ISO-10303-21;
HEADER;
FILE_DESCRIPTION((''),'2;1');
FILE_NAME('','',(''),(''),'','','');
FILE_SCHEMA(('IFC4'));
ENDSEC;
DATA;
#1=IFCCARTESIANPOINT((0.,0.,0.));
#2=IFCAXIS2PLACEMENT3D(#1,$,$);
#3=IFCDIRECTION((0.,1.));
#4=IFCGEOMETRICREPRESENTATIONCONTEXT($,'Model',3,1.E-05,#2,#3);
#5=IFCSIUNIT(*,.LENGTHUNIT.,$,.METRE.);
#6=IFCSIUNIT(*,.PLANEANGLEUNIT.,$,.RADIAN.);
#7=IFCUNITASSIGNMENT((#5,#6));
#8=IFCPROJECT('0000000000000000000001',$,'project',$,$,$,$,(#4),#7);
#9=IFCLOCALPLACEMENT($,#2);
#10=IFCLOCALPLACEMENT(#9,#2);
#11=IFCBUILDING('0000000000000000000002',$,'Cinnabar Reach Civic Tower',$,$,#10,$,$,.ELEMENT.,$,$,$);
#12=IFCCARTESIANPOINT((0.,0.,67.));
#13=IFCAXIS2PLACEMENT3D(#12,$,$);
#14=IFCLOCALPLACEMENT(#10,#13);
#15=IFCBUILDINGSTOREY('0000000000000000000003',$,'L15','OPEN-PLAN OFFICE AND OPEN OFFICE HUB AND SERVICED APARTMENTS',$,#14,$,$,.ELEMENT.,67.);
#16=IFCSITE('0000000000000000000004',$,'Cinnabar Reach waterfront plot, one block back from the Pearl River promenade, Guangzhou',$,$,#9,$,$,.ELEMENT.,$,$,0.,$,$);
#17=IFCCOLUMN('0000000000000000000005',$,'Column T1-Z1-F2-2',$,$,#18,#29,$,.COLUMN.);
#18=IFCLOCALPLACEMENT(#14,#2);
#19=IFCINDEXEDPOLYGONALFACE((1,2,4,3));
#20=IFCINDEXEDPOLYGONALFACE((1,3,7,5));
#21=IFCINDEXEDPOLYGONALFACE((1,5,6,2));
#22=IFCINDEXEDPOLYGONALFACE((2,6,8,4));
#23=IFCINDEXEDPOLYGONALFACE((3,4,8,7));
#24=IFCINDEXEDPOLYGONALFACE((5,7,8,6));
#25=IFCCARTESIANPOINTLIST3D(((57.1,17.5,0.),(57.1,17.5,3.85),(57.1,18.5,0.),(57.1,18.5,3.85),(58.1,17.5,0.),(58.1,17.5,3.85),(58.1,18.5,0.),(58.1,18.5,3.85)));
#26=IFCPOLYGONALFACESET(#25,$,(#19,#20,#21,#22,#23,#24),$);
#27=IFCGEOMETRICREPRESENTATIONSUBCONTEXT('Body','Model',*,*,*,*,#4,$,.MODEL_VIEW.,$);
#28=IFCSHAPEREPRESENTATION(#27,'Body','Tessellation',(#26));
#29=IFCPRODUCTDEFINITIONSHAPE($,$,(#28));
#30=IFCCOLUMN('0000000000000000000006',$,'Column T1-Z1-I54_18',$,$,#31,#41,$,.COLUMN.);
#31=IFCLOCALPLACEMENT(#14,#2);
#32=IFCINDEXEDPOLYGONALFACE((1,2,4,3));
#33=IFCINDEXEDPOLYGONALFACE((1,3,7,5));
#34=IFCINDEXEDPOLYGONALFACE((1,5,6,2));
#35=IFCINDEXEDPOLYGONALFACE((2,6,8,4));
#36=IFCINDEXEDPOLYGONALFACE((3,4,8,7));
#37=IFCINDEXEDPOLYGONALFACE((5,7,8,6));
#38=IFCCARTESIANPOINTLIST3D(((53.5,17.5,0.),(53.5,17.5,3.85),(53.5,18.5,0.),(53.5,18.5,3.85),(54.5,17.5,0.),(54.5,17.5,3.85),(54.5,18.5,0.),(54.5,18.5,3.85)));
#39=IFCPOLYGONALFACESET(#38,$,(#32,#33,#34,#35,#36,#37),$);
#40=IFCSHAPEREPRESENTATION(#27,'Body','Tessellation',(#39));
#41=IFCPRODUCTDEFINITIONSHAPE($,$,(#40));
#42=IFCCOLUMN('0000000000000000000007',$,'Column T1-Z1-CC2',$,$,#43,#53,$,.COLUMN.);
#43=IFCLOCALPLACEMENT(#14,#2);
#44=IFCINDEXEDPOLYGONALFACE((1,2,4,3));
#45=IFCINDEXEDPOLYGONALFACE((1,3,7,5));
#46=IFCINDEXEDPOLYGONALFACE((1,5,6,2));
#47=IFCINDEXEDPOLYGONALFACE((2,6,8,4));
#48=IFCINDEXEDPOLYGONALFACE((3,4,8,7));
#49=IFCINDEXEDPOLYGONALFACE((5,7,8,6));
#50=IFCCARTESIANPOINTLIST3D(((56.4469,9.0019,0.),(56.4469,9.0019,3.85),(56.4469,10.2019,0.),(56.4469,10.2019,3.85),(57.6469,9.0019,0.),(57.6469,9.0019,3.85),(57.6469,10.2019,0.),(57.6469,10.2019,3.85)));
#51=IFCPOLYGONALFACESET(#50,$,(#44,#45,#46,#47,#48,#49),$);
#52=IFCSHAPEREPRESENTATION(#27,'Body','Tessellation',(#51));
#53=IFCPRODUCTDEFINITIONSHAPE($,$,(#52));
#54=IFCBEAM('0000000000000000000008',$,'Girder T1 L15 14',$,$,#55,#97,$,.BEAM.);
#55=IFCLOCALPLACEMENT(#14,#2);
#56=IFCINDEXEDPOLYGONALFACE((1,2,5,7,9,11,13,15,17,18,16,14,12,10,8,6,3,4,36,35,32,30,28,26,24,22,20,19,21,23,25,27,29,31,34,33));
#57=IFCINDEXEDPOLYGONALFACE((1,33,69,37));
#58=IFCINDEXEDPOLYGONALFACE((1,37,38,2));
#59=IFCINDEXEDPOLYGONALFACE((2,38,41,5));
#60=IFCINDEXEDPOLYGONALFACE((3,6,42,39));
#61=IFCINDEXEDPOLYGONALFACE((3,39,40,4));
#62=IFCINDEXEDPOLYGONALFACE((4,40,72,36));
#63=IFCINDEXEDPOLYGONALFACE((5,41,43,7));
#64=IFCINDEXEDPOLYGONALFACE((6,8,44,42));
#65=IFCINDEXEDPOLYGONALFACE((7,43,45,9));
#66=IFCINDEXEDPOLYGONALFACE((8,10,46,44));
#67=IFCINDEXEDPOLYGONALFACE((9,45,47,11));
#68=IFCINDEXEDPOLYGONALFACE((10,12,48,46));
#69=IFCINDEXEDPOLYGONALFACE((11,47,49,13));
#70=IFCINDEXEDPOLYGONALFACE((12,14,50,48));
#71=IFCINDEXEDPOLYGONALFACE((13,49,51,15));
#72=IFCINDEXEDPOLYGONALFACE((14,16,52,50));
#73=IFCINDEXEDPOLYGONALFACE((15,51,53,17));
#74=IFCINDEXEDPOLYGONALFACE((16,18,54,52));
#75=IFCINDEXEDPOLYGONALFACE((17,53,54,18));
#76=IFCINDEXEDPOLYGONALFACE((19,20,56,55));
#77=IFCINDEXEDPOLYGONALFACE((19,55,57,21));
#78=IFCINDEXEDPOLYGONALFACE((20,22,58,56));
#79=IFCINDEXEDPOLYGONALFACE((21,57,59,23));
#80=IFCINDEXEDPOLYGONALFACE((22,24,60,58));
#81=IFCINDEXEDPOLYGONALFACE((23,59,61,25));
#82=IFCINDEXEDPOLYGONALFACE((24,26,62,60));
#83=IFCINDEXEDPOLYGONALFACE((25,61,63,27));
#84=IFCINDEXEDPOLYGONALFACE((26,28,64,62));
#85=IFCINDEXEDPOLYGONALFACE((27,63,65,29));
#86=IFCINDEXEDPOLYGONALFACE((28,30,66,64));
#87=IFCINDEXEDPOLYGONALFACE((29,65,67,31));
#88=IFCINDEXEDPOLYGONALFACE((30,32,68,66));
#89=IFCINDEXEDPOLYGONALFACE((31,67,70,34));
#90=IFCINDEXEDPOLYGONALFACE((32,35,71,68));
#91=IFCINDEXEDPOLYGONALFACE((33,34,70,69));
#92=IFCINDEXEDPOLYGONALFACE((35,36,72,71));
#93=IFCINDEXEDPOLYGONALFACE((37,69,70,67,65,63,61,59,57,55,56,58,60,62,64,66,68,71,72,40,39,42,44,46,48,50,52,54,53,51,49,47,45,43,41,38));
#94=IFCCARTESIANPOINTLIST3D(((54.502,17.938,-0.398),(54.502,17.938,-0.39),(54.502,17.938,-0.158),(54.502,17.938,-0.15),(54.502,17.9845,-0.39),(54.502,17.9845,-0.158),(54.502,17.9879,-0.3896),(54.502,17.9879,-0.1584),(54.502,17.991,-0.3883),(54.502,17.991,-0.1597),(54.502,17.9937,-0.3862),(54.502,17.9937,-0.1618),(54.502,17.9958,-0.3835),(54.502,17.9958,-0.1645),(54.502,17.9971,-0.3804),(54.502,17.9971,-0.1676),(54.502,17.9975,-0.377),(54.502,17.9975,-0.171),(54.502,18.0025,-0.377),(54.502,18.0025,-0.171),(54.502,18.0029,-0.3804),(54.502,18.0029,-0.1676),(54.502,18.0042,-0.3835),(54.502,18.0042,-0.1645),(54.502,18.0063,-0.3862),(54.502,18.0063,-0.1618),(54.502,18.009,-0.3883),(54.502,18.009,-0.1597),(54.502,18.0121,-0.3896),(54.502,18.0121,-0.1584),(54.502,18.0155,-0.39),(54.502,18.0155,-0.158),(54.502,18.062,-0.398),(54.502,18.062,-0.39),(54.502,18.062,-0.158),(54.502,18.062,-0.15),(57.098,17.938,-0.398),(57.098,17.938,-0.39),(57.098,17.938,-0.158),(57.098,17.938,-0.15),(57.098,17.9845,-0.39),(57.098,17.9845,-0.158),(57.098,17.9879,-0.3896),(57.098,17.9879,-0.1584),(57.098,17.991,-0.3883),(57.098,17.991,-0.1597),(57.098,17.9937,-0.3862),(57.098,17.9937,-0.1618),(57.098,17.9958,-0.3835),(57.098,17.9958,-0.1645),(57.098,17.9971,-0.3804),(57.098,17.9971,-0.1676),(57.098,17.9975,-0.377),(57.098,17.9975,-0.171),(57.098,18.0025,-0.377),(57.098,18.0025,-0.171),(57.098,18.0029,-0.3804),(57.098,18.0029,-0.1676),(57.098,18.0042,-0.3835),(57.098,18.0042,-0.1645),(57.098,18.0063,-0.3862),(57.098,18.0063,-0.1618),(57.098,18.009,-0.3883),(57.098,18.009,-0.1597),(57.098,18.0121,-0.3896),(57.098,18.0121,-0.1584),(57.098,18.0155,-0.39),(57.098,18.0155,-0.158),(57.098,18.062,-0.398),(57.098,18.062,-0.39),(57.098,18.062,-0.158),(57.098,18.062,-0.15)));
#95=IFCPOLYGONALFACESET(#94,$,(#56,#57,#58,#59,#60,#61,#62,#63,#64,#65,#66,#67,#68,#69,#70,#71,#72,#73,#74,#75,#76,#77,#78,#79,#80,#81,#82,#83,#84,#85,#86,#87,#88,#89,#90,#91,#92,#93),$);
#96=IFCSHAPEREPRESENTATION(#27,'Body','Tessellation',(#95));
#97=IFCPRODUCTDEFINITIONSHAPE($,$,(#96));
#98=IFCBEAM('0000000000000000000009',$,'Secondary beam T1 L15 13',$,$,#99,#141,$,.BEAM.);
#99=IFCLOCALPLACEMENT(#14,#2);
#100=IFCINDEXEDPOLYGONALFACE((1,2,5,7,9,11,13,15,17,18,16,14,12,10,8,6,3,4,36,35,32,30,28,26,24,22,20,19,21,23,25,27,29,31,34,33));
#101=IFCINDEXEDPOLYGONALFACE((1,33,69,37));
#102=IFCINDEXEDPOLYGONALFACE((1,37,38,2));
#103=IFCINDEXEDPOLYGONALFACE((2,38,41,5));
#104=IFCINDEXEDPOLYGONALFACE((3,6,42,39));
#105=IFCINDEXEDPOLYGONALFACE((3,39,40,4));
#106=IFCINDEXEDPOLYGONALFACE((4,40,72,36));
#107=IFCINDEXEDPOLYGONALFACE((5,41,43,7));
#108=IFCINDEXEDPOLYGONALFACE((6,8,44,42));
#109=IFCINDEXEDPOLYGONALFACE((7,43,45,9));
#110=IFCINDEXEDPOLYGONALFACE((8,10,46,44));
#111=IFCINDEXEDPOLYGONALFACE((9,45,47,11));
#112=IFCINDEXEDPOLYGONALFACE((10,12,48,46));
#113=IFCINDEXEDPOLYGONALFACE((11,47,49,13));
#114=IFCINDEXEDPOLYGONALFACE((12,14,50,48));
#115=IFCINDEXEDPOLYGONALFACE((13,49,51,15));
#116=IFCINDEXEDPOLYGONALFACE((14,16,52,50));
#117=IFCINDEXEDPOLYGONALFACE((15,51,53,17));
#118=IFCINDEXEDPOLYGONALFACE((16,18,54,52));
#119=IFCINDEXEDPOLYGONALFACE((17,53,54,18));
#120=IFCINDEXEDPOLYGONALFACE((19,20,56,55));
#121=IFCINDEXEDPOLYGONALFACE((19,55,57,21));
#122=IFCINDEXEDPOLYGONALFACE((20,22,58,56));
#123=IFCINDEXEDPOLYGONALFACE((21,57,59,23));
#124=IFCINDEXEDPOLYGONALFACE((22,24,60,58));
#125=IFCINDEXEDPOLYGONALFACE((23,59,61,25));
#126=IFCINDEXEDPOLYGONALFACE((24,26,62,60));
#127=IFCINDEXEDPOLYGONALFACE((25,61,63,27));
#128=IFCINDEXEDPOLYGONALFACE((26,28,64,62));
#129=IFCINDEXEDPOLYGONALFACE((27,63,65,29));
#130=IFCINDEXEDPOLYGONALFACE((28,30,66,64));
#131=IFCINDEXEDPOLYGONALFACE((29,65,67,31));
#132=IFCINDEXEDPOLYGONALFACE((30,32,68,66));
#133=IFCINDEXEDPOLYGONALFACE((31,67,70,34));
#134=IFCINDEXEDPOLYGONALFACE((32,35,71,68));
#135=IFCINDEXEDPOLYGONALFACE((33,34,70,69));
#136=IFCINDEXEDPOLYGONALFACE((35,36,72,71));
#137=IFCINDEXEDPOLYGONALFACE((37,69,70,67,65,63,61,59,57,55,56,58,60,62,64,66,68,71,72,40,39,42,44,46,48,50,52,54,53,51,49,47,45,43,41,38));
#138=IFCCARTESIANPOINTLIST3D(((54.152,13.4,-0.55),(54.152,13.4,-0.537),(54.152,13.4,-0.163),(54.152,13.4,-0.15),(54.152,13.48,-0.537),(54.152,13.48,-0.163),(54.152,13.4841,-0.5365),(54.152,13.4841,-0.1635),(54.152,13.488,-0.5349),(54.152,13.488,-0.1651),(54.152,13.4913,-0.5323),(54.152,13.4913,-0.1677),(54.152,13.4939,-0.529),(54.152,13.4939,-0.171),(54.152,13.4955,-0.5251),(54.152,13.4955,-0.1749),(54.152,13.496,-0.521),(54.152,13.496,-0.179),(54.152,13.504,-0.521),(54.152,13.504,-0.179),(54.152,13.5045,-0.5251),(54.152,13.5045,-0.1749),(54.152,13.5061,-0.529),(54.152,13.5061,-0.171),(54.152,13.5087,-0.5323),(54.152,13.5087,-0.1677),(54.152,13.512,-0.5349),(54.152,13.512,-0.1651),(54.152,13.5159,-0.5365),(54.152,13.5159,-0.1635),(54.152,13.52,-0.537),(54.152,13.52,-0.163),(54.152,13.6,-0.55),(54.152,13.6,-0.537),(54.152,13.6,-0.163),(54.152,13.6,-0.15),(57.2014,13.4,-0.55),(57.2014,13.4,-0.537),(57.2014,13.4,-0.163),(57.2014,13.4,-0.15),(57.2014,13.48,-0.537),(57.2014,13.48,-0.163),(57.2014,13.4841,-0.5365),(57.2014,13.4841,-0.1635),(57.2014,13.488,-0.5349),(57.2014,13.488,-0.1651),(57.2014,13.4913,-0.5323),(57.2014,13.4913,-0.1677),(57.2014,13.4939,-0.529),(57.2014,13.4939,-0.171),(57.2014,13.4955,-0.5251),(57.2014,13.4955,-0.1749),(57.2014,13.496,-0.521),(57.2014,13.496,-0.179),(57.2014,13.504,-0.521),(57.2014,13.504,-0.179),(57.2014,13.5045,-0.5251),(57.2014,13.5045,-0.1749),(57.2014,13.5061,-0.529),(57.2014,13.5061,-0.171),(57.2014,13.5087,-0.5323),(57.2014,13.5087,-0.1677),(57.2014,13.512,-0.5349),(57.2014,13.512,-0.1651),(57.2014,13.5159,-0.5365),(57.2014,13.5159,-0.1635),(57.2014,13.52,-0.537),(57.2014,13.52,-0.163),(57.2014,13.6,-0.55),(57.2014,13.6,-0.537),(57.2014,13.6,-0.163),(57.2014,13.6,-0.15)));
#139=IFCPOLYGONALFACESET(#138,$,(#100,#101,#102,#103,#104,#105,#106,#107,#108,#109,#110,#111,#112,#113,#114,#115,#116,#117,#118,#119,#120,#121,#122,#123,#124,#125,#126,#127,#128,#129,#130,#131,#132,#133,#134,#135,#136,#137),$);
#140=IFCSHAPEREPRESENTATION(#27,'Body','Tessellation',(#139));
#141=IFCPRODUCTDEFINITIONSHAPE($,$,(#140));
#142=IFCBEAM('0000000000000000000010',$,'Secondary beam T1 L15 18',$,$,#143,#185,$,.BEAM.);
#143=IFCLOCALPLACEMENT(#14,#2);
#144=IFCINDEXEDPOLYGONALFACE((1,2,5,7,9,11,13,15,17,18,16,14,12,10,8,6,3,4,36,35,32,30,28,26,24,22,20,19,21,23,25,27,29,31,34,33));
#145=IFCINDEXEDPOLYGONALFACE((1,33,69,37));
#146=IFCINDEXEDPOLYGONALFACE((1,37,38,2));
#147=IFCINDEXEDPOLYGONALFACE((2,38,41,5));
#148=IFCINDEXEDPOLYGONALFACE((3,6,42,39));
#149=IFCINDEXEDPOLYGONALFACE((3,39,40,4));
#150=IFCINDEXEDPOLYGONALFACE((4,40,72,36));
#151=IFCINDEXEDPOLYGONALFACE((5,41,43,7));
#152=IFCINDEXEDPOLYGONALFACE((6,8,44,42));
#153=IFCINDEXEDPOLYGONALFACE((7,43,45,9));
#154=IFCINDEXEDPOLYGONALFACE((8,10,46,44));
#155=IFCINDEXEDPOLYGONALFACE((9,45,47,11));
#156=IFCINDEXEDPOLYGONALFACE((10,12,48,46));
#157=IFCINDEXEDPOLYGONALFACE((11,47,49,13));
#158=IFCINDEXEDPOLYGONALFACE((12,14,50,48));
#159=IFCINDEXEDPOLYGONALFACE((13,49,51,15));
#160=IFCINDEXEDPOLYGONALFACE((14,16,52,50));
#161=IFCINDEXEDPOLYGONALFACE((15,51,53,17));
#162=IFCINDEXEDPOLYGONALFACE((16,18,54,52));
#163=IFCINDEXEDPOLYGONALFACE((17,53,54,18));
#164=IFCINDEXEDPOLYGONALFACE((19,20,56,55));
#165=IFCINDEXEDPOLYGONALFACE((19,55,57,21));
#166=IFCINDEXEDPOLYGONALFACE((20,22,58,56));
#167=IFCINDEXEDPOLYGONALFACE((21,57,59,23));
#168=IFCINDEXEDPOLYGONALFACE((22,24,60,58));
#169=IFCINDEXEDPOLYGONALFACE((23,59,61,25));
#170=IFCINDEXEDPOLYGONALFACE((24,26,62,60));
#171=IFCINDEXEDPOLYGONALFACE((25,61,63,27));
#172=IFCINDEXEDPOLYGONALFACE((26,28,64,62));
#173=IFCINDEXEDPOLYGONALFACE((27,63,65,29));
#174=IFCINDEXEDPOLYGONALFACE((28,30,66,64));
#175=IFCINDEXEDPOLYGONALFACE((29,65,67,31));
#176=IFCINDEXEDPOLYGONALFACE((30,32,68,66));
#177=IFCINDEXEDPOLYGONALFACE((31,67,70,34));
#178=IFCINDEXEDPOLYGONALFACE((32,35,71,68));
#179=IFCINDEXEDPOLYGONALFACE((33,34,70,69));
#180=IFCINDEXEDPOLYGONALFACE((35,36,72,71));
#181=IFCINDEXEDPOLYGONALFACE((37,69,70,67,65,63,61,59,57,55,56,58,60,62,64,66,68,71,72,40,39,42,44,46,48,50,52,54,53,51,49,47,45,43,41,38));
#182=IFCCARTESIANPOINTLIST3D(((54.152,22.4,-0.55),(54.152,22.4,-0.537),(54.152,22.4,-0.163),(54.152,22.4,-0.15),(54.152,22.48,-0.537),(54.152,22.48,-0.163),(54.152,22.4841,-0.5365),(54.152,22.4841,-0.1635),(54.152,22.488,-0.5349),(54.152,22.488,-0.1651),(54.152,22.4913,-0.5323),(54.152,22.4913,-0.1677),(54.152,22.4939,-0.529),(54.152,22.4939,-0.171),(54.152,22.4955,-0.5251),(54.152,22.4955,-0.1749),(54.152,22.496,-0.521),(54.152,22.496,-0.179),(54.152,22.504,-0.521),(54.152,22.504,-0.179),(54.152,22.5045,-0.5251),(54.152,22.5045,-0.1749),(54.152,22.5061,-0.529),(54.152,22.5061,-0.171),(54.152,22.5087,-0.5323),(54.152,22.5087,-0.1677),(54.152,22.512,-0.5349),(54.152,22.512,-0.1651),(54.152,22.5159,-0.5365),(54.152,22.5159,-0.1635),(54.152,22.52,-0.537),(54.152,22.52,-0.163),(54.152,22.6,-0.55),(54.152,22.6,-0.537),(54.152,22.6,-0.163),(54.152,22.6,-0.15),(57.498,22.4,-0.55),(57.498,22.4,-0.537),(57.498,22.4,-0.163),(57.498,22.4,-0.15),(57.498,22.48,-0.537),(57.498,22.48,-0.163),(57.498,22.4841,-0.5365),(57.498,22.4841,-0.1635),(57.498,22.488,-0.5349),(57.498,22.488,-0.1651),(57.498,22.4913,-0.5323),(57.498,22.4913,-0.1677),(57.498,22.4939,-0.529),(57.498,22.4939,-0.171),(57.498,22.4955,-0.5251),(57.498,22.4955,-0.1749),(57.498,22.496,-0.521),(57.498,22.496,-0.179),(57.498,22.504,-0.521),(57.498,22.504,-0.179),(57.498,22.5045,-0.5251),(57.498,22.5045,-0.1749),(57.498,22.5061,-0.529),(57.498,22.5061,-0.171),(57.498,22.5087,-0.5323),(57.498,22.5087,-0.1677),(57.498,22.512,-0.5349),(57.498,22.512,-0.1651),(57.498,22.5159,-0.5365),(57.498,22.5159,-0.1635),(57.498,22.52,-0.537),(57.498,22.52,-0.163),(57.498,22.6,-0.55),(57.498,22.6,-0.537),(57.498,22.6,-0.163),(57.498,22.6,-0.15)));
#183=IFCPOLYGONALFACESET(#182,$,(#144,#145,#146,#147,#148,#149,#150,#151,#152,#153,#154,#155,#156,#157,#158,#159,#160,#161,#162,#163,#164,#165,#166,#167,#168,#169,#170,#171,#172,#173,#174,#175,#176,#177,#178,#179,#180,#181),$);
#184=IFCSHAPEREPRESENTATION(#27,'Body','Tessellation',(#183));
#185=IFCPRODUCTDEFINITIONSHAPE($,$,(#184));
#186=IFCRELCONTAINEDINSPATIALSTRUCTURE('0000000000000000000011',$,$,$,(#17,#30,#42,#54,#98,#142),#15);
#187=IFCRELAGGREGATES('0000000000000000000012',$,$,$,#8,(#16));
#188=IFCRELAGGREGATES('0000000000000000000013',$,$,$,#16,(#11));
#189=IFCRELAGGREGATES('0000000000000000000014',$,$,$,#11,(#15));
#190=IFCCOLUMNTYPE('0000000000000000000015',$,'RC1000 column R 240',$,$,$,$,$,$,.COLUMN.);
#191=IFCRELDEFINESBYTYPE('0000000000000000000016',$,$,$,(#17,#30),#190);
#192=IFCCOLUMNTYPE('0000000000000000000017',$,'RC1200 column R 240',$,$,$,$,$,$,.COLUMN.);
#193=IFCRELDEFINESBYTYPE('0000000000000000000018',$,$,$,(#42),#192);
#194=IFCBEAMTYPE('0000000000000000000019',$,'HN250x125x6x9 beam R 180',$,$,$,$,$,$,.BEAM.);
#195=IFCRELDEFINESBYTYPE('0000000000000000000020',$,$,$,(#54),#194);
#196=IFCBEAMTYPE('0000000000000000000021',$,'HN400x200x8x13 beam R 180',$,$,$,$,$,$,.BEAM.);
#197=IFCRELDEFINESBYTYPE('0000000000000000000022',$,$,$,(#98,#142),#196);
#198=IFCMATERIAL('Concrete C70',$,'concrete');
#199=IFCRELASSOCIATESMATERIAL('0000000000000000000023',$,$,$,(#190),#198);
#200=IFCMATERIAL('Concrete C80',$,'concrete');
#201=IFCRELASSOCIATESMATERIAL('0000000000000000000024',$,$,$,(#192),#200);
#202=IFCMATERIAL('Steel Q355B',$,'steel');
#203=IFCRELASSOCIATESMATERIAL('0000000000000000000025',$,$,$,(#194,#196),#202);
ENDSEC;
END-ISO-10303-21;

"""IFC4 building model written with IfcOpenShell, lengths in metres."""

from ifc_helpers import new_model, si_unit, direction, frame, origin, origin_2d, place, context, subcontext, project, spatial, rectangle, i_section, extrude, material, material_profile, profile_set, type_object, element, save


model = new_model("IFC4")

# Units and contexts
model_context = context("Model", 3, precision=1e-05, world=origin(), true_north=direction((0.0, 1.0)))
body_context = subcontext(model_context, "Body", "Model", "MODEL_VIEW")
ifc_project = project(units=[si_unit("LENGTHUNIT", "METRE"), si_unit("PLANEANGLEUNIT", "RADIAN")], contexts=[model_context])

# Site, building, storey
site_placement = place(None, origin())
site = spatial("IfcSite", under=ifc_project, at=site_placement, Name="Cinnabar Reach waterfront plot, one block back from the Pearl River promenade, Guangzhou", CompositionType="ELEMENT", RefElevation=0.0)
building_placement = place(site_placement, origin())
building = spatial("IfcBuilding", under=site, at=building_placement, Name="Cinnabar Reach Civic Tower", CompositionType="ELEMENT")
storey_placement = place(building_placement, frame((0.0, 0.0, 67.0)))
storey = spatial("IfcBuildingStorey", under=building, at=storey_placement, Name="L15", Description="OPEN-PLAN OFFICE AND OPEN OFFICE HUB AND SERVICED APARTMENTS", CompositionType="ELEMENT", Elevation=67.0)

# Columns
ifc_material_1 = material(Name="Concrete C70", Category="concrete")
ifc_material_profile_1 = material_profile(ifc_material_1, rectangle(XDim=1.0, YDim=1.0, at=origin_2d()), Name="RC1000")
ifc_profile_set_1 = profile_set([ifc_material_profile_1], Name="Concrete C70")
column_type_1 = type_object("IfcColumnType", Name="RC1000 column R 240", PredefinedType="COLUMN", material=ifc_profile_set_1)
for number, where, z_axis, x_axis, name in (
    (1, (57.6, 18.0, 0.0), (0.0, 0.0, 1.0), (1.0, 0.0, 0.0), "Column T1-Z1-F2-2"),
    (2, (54.0, 18.0, 0.0), (0.0, 0.0, 1.0), (1.0, 0.0, 0.0), "Column T1-Z1-I54_18"),
):
    element("IfcColumn", number, at=place(storey_placement, frame(where, z_axis=z_axis, x_axis=x_axis)), inside=storey, type_object=column_type_1, Name=name, PredefinedType="COLUMN", context=body_context, shape_type="SweptSolid", body=[
        extrude(rectangle(XDim=1.0, YDim=1.0, at=origin_2d()), origin(), (0.0, 0.0, 1.0), 3.85),
    ])
ifc_material_2 = material(Name="Concrete C80", Category="concrete")
ifc_material_profile_2 = material_profile(ifc_material_2, rectangle(XDim=1.2, YDim=1.2, at=origin_2d()), Name="RC1200")
ifc_profile_set_2 = profile_set([ifc_material_profile_2], Name="Concrete C80")
column_type_2 = type_object("IfcColumnType", Name="RC1200 column R 240", PredefinedType="COLUMN", material=ifc_profile_set_2)
column_placement = place(storey_placement, frame((57.0469, 9.6019, 0.0), z_axis=(0.0, 0.0, 1.0), x_axis=(1.0, 0.0, 0.0)))
element("IfcColumn", 3, at=column_placement, inside=storey, type_object=column_type_2, Name="Column T1-Z1-CC2", PredefinedType="COLUMN", context=body_context, shape_type="SweptSolid", body=[
    extrude(rectangle(XDim=1.2, YDim=1.2, at=origin_2d()), origin(), (0.0, 0.0, 1.0), 3.85),
])

# Beams
ifc_material_3 = material(Name="Steel Q355B", Category="steel")
ifc_material_profile_3 = material_profile(ifc_material_3, i_section(OverallWidth=0.124, OverallDepth=0.248, WebThickness=0.005, FlangeThickness=0.008, FilletRadius=0.013, at=origin_2d()), Name="HN250x125x6x9")
ifc_profile_set_3 = profile_set([ifc_material_profile_3], Name="Steel Q355B")
beam_type_1 = type_object("IfcBeamType", Name="HN250x125x6x9 beam R 180", PredefinedType="BEAM", material=ifc_profile_set_3)
beam_1_placement = place(storey_placement, frame((54.502, 18.0, -0.274), z_axis=(1.0, 0.0, 0.0), x_axis=(0.0, 1.0, 0.0)))
element("IfcBeam", 4, at=beam_1_placement, inside=storey, type_object=beam_type_1, Name="Girder T1 L15 14", PredefinedType="BEAM", context=body_context, shape_type="SweptSolid", body=[
    extrude(i_section(OverallWidth=0.124, OverallDepth=0.248, WebThickness=0.005, FlangeThickness=0.008, FilletRadius=0.013, at=origin_2d()), origin(), (0.0, 0.0, 1.0), 2.596),
])
ifc_material_profile_4 = material_profile(ifc_material_3, i_section(OverallWidth=0.2, OverallDepth=0.4, WebThickness=0.008, FlangeThickness=0.013, FilletRadius=0.016, at=origin_2d()), Name="HN400x200x8x13")
ifc_profile_set_4 = profile_set([ifc_material_profile_4], Name="Steel Q355B")
beam_type_2 = type_object("IfcBeamType", Name="HN400x200x8x13 beam R 180", PredefinedType="BEAM", material=ifc_profile_set_4)
beam_2_placement = place(storey_placement, frame((54.152, 13.5, -0.35), z_axis=(1.0, 0.0, 0.0), x_axis=(0.0, 1.0, 0.0)))
element("IfcBeam", 5, at=beam_2_placement, inside=storey, type_object=beam_type_2, Name="Secondary beam T1 L15 13", PredefinedType="BEAM", context=body_context, shape_type="SweptSolid", body=[
    extrude(i_section(OverallWidth=0.2, OverallDepth=0.4, WebThickness=0.008, FlangeThickness=0.013, FilletRadius=0.016, at=origin_2d()), origin(), (0.0, 0.0, 1.0), 3.0494),
])
beam_3_placement = place(storey_placement, frame((54.152, 22.5, -0.35), z_axis=(1.0, 0.0, 0.0), x_axis=(0.0, 1.0, 0.0)))
element("IfcBeam", 6, at=beam_3_placement, inside=storey, type_object=beam_type_2, Name="Secondary beam T1 L15 18", PredefinedType="BEAM", context=body_context, shape_type="SweptSolid", body=[
    extrude(i_section(OverallWidth=0.2, OverallDepth=0.4, WebThickness=0.008, FlangeThickness=0.013, FilletRadius=0.016, at=origin_2d()), origin(), (0.0, 0.0, 1.0), 3.346),
])

save(model, "model.ifc")
